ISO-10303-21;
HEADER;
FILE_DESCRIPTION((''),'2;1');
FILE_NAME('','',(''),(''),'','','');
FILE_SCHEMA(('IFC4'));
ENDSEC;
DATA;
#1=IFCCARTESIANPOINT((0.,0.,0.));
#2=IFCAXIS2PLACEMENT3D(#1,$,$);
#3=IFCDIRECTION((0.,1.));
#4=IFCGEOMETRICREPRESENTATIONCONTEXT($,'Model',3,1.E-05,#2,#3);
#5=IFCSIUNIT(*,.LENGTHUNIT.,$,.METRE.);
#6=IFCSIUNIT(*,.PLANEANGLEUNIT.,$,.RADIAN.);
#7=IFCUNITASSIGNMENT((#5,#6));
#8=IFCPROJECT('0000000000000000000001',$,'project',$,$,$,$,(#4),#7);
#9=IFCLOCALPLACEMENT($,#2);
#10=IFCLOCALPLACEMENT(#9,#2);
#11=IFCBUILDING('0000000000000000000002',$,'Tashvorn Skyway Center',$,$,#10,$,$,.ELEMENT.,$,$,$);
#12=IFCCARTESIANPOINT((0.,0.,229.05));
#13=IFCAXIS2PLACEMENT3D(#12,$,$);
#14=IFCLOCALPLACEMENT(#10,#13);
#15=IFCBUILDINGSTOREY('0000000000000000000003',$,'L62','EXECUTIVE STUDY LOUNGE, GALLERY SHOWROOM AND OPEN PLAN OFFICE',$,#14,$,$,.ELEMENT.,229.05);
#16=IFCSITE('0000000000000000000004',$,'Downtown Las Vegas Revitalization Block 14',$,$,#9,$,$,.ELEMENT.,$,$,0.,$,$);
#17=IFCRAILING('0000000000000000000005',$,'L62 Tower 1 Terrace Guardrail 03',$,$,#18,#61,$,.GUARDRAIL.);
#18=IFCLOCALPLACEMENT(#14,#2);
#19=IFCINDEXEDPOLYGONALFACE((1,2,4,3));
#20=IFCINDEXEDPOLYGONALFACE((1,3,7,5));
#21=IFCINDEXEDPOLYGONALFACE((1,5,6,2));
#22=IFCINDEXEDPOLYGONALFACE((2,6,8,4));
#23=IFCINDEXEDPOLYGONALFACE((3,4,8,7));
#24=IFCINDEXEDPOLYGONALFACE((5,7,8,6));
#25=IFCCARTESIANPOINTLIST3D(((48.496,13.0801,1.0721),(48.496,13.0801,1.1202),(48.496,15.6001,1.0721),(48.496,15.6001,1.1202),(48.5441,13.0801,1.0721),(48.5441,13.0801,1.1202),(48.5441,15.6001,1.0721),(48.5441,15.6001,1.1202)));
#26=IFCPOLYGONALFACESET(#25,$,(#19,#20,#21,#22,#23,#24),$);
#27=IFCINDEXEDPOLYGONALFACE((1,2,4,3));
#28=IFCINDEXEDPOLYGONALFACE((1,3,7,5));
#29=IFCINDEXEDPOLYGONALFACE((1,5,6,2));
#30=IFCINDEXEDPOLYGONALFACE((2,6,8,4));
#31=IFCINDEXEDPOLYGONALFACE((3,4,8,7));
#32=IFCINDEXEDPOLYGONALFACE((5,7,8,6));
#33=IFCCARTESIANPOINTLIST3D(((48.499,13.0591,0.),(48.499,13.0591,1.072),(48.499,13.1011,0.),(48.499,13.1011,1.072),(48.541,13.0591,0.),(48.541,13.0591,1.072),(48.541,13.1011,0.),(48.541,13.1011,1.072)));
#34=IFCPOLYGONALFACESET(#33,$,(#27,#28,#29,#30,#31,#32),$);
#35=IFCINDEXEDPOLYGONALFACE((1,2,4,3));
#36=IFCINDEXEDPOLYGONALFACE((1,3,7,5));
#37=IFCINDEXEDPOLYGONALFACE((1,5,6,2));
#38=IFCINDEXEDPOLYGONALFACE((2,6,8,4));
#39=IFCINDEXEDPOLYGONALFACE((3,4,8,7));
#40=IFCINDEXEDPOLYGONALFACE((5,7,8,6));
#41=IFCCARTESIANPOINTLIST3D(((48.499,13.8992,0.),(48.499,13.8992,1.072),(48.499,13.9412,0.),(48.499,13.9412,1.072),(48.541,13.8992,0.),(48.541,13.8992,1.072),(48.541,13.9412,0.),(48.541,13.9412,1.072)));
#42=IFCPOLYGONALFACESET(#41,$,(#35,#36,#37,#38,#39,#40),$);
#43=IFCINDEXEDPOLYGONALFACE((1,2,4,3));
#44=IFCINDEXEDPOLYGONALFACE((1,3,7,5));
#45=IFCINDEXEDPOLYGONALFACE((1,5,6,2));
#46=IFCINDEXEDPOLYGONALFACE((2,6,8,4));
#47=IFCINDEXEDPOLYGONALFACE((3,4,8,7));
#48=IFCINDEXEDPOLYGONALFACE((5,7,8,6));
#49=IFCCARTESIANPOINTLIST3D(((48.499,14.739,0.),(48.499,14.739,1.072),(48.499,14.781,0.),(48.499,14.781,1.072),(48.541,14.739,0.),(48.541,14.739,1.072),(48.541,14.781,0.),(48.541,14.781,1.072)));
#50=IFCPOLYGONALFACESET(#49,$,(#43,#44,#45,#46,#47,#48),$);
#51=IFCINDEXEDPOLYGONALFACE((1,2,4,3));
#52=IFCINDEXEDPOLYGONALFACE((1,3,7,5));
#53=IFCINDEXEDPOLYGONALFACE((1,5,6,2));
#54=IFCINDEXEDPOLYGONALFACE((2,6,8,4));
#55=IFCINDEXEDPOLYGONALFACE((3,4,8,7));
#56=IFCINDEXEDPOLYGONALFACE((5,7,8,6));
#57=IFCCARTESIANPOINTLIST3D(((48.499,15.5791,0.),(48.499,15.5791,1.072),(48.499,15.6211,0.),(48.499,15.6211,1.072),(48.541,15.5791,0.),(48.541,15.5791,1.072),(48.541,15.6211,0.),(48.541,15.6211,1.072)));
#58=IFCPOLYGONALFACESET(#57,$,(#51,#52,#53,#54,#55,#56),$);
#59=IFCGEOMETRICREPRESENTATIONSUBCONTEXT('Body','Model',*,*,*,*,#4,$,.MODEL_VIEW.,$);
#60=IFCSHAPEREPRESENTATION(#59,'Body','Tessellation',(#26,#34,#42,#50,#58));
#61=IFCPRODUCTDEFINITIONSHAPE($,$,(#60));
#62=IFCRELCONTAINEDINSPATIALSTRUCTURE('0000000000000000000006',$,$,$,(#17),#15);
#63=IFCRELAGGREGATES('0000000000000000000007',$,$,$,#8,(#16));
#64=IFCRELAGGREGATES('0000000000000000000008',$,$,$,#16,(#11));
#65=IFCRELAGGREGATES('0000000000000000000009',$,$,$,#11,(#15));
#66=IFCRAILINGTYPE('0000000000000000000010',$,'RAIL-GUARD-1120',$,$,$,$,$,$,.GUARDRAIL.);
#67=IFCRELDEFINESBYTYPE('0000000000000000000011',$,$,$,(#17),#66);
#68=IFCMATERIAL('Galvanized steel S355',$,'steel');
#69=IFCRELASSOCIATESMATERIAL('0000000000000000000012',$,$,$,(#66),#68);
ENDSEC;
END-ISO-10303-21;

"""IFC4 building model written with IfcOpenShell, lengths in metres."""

from ifc_helpers import new_model, si_unit, direction, frame, origin, origin_2d, place, context, subcontext, project, spatial, rectangle, extrude, material, type_object, element, save


model = new_model("IFC4")

# Units and contexts
model_context = context("Model", 3, precision=1e-05, world=origin(), true_north=direction((0.0, 1.0)))
body_context = subcontext(model_context, "Body", "Model", "MODEL_VIEW")
ifc_project = project(units=[si_unit("LENGTHUNIT", "METRE"), si_unit("PLANEANGLEUNIT", "RADIAN")], contexts=[model_context])

# Site, building, storey
site_placement = place(None, origin())
site = spatial("IfcSite", under=ifc_project, at=site_placement, Name="Downtown Las Vegas Revitalization Block 14", CompositionType="ELEMENT", RefElevation=0.0)
building_placement = place(site_placement, origin())
building = spatial("IfcBuilding", under=site, at=building_placement, Name="Tashvorn Skyway Center", CompositionType="ELEMENT")
storey_placement = place(building_placement, frame((0.0, 0.0, 229.05)))
storey = spatial("IfcBuildingStorey", under=building, at=storey_placement, Name="L62", Description="EXECUTIVE STUDY LOUNGE, GALLERY SHOWROOM AND OPEN PLAN OFFICE", CompositionType="ELEMENT", Elevation=229.05)

# Railing
ifc_material_1 = material(Name="Galvanized steel S355", Category="steel")
railing_type = type_object("IfcRailingType", Name="RAIL-GUARD-1120", PredefinedType="GUARDRAIL", material=ifc_material_1)
railing_placement = place(storey_placement, frame((48.52, 13.0801, 0.0)))
element("IfcRailing", 1, at=railing_placement, inside=storey, type_object=railing_type, Name="L62 Tower 1 Terrace Guardrail 03", PredefinedType="GUARDRAIL", context=body_context, shape_type="SweptSolid", body=[
    extrude(rectangle(XDim=0.0481, YDim=0.0481, at=origin_2d()), frame((0.0, 0.0, 1.0962), z_axis=(0.0, 1.0, 0.0), x_axis=(-1.0, 0.0, 0.0)), (0.0, 0.0, 1.0), 2.52),
    extrude(rectangle(XDim=0.042, YDim=0.042, at=origin_2d()), origin(), (0.0, 0.0, 1.0), 1.072),
    extrude(rectangle(XDim=0.042, YDim=0.042, at=origin_2d()), frame((0.0, 0.8401, 0.0)), (0.0, 0.0, 1.0), 1.072),
    extrude(rectangle(XDim=0.042, YDim=0.042, at=origin_2d()), frame((0.0, 1.6799, 0.0)), (0.0, 0.0, 1.0), 1.072),
    extrude(rectangle(XDim=0.042, YDim=0.042, at=origin_2d()), frame((0.0, 2.52, 0.0)), (0.0, 0.0, 1.0), 1.072),
])

save(model, "model.ifc")
